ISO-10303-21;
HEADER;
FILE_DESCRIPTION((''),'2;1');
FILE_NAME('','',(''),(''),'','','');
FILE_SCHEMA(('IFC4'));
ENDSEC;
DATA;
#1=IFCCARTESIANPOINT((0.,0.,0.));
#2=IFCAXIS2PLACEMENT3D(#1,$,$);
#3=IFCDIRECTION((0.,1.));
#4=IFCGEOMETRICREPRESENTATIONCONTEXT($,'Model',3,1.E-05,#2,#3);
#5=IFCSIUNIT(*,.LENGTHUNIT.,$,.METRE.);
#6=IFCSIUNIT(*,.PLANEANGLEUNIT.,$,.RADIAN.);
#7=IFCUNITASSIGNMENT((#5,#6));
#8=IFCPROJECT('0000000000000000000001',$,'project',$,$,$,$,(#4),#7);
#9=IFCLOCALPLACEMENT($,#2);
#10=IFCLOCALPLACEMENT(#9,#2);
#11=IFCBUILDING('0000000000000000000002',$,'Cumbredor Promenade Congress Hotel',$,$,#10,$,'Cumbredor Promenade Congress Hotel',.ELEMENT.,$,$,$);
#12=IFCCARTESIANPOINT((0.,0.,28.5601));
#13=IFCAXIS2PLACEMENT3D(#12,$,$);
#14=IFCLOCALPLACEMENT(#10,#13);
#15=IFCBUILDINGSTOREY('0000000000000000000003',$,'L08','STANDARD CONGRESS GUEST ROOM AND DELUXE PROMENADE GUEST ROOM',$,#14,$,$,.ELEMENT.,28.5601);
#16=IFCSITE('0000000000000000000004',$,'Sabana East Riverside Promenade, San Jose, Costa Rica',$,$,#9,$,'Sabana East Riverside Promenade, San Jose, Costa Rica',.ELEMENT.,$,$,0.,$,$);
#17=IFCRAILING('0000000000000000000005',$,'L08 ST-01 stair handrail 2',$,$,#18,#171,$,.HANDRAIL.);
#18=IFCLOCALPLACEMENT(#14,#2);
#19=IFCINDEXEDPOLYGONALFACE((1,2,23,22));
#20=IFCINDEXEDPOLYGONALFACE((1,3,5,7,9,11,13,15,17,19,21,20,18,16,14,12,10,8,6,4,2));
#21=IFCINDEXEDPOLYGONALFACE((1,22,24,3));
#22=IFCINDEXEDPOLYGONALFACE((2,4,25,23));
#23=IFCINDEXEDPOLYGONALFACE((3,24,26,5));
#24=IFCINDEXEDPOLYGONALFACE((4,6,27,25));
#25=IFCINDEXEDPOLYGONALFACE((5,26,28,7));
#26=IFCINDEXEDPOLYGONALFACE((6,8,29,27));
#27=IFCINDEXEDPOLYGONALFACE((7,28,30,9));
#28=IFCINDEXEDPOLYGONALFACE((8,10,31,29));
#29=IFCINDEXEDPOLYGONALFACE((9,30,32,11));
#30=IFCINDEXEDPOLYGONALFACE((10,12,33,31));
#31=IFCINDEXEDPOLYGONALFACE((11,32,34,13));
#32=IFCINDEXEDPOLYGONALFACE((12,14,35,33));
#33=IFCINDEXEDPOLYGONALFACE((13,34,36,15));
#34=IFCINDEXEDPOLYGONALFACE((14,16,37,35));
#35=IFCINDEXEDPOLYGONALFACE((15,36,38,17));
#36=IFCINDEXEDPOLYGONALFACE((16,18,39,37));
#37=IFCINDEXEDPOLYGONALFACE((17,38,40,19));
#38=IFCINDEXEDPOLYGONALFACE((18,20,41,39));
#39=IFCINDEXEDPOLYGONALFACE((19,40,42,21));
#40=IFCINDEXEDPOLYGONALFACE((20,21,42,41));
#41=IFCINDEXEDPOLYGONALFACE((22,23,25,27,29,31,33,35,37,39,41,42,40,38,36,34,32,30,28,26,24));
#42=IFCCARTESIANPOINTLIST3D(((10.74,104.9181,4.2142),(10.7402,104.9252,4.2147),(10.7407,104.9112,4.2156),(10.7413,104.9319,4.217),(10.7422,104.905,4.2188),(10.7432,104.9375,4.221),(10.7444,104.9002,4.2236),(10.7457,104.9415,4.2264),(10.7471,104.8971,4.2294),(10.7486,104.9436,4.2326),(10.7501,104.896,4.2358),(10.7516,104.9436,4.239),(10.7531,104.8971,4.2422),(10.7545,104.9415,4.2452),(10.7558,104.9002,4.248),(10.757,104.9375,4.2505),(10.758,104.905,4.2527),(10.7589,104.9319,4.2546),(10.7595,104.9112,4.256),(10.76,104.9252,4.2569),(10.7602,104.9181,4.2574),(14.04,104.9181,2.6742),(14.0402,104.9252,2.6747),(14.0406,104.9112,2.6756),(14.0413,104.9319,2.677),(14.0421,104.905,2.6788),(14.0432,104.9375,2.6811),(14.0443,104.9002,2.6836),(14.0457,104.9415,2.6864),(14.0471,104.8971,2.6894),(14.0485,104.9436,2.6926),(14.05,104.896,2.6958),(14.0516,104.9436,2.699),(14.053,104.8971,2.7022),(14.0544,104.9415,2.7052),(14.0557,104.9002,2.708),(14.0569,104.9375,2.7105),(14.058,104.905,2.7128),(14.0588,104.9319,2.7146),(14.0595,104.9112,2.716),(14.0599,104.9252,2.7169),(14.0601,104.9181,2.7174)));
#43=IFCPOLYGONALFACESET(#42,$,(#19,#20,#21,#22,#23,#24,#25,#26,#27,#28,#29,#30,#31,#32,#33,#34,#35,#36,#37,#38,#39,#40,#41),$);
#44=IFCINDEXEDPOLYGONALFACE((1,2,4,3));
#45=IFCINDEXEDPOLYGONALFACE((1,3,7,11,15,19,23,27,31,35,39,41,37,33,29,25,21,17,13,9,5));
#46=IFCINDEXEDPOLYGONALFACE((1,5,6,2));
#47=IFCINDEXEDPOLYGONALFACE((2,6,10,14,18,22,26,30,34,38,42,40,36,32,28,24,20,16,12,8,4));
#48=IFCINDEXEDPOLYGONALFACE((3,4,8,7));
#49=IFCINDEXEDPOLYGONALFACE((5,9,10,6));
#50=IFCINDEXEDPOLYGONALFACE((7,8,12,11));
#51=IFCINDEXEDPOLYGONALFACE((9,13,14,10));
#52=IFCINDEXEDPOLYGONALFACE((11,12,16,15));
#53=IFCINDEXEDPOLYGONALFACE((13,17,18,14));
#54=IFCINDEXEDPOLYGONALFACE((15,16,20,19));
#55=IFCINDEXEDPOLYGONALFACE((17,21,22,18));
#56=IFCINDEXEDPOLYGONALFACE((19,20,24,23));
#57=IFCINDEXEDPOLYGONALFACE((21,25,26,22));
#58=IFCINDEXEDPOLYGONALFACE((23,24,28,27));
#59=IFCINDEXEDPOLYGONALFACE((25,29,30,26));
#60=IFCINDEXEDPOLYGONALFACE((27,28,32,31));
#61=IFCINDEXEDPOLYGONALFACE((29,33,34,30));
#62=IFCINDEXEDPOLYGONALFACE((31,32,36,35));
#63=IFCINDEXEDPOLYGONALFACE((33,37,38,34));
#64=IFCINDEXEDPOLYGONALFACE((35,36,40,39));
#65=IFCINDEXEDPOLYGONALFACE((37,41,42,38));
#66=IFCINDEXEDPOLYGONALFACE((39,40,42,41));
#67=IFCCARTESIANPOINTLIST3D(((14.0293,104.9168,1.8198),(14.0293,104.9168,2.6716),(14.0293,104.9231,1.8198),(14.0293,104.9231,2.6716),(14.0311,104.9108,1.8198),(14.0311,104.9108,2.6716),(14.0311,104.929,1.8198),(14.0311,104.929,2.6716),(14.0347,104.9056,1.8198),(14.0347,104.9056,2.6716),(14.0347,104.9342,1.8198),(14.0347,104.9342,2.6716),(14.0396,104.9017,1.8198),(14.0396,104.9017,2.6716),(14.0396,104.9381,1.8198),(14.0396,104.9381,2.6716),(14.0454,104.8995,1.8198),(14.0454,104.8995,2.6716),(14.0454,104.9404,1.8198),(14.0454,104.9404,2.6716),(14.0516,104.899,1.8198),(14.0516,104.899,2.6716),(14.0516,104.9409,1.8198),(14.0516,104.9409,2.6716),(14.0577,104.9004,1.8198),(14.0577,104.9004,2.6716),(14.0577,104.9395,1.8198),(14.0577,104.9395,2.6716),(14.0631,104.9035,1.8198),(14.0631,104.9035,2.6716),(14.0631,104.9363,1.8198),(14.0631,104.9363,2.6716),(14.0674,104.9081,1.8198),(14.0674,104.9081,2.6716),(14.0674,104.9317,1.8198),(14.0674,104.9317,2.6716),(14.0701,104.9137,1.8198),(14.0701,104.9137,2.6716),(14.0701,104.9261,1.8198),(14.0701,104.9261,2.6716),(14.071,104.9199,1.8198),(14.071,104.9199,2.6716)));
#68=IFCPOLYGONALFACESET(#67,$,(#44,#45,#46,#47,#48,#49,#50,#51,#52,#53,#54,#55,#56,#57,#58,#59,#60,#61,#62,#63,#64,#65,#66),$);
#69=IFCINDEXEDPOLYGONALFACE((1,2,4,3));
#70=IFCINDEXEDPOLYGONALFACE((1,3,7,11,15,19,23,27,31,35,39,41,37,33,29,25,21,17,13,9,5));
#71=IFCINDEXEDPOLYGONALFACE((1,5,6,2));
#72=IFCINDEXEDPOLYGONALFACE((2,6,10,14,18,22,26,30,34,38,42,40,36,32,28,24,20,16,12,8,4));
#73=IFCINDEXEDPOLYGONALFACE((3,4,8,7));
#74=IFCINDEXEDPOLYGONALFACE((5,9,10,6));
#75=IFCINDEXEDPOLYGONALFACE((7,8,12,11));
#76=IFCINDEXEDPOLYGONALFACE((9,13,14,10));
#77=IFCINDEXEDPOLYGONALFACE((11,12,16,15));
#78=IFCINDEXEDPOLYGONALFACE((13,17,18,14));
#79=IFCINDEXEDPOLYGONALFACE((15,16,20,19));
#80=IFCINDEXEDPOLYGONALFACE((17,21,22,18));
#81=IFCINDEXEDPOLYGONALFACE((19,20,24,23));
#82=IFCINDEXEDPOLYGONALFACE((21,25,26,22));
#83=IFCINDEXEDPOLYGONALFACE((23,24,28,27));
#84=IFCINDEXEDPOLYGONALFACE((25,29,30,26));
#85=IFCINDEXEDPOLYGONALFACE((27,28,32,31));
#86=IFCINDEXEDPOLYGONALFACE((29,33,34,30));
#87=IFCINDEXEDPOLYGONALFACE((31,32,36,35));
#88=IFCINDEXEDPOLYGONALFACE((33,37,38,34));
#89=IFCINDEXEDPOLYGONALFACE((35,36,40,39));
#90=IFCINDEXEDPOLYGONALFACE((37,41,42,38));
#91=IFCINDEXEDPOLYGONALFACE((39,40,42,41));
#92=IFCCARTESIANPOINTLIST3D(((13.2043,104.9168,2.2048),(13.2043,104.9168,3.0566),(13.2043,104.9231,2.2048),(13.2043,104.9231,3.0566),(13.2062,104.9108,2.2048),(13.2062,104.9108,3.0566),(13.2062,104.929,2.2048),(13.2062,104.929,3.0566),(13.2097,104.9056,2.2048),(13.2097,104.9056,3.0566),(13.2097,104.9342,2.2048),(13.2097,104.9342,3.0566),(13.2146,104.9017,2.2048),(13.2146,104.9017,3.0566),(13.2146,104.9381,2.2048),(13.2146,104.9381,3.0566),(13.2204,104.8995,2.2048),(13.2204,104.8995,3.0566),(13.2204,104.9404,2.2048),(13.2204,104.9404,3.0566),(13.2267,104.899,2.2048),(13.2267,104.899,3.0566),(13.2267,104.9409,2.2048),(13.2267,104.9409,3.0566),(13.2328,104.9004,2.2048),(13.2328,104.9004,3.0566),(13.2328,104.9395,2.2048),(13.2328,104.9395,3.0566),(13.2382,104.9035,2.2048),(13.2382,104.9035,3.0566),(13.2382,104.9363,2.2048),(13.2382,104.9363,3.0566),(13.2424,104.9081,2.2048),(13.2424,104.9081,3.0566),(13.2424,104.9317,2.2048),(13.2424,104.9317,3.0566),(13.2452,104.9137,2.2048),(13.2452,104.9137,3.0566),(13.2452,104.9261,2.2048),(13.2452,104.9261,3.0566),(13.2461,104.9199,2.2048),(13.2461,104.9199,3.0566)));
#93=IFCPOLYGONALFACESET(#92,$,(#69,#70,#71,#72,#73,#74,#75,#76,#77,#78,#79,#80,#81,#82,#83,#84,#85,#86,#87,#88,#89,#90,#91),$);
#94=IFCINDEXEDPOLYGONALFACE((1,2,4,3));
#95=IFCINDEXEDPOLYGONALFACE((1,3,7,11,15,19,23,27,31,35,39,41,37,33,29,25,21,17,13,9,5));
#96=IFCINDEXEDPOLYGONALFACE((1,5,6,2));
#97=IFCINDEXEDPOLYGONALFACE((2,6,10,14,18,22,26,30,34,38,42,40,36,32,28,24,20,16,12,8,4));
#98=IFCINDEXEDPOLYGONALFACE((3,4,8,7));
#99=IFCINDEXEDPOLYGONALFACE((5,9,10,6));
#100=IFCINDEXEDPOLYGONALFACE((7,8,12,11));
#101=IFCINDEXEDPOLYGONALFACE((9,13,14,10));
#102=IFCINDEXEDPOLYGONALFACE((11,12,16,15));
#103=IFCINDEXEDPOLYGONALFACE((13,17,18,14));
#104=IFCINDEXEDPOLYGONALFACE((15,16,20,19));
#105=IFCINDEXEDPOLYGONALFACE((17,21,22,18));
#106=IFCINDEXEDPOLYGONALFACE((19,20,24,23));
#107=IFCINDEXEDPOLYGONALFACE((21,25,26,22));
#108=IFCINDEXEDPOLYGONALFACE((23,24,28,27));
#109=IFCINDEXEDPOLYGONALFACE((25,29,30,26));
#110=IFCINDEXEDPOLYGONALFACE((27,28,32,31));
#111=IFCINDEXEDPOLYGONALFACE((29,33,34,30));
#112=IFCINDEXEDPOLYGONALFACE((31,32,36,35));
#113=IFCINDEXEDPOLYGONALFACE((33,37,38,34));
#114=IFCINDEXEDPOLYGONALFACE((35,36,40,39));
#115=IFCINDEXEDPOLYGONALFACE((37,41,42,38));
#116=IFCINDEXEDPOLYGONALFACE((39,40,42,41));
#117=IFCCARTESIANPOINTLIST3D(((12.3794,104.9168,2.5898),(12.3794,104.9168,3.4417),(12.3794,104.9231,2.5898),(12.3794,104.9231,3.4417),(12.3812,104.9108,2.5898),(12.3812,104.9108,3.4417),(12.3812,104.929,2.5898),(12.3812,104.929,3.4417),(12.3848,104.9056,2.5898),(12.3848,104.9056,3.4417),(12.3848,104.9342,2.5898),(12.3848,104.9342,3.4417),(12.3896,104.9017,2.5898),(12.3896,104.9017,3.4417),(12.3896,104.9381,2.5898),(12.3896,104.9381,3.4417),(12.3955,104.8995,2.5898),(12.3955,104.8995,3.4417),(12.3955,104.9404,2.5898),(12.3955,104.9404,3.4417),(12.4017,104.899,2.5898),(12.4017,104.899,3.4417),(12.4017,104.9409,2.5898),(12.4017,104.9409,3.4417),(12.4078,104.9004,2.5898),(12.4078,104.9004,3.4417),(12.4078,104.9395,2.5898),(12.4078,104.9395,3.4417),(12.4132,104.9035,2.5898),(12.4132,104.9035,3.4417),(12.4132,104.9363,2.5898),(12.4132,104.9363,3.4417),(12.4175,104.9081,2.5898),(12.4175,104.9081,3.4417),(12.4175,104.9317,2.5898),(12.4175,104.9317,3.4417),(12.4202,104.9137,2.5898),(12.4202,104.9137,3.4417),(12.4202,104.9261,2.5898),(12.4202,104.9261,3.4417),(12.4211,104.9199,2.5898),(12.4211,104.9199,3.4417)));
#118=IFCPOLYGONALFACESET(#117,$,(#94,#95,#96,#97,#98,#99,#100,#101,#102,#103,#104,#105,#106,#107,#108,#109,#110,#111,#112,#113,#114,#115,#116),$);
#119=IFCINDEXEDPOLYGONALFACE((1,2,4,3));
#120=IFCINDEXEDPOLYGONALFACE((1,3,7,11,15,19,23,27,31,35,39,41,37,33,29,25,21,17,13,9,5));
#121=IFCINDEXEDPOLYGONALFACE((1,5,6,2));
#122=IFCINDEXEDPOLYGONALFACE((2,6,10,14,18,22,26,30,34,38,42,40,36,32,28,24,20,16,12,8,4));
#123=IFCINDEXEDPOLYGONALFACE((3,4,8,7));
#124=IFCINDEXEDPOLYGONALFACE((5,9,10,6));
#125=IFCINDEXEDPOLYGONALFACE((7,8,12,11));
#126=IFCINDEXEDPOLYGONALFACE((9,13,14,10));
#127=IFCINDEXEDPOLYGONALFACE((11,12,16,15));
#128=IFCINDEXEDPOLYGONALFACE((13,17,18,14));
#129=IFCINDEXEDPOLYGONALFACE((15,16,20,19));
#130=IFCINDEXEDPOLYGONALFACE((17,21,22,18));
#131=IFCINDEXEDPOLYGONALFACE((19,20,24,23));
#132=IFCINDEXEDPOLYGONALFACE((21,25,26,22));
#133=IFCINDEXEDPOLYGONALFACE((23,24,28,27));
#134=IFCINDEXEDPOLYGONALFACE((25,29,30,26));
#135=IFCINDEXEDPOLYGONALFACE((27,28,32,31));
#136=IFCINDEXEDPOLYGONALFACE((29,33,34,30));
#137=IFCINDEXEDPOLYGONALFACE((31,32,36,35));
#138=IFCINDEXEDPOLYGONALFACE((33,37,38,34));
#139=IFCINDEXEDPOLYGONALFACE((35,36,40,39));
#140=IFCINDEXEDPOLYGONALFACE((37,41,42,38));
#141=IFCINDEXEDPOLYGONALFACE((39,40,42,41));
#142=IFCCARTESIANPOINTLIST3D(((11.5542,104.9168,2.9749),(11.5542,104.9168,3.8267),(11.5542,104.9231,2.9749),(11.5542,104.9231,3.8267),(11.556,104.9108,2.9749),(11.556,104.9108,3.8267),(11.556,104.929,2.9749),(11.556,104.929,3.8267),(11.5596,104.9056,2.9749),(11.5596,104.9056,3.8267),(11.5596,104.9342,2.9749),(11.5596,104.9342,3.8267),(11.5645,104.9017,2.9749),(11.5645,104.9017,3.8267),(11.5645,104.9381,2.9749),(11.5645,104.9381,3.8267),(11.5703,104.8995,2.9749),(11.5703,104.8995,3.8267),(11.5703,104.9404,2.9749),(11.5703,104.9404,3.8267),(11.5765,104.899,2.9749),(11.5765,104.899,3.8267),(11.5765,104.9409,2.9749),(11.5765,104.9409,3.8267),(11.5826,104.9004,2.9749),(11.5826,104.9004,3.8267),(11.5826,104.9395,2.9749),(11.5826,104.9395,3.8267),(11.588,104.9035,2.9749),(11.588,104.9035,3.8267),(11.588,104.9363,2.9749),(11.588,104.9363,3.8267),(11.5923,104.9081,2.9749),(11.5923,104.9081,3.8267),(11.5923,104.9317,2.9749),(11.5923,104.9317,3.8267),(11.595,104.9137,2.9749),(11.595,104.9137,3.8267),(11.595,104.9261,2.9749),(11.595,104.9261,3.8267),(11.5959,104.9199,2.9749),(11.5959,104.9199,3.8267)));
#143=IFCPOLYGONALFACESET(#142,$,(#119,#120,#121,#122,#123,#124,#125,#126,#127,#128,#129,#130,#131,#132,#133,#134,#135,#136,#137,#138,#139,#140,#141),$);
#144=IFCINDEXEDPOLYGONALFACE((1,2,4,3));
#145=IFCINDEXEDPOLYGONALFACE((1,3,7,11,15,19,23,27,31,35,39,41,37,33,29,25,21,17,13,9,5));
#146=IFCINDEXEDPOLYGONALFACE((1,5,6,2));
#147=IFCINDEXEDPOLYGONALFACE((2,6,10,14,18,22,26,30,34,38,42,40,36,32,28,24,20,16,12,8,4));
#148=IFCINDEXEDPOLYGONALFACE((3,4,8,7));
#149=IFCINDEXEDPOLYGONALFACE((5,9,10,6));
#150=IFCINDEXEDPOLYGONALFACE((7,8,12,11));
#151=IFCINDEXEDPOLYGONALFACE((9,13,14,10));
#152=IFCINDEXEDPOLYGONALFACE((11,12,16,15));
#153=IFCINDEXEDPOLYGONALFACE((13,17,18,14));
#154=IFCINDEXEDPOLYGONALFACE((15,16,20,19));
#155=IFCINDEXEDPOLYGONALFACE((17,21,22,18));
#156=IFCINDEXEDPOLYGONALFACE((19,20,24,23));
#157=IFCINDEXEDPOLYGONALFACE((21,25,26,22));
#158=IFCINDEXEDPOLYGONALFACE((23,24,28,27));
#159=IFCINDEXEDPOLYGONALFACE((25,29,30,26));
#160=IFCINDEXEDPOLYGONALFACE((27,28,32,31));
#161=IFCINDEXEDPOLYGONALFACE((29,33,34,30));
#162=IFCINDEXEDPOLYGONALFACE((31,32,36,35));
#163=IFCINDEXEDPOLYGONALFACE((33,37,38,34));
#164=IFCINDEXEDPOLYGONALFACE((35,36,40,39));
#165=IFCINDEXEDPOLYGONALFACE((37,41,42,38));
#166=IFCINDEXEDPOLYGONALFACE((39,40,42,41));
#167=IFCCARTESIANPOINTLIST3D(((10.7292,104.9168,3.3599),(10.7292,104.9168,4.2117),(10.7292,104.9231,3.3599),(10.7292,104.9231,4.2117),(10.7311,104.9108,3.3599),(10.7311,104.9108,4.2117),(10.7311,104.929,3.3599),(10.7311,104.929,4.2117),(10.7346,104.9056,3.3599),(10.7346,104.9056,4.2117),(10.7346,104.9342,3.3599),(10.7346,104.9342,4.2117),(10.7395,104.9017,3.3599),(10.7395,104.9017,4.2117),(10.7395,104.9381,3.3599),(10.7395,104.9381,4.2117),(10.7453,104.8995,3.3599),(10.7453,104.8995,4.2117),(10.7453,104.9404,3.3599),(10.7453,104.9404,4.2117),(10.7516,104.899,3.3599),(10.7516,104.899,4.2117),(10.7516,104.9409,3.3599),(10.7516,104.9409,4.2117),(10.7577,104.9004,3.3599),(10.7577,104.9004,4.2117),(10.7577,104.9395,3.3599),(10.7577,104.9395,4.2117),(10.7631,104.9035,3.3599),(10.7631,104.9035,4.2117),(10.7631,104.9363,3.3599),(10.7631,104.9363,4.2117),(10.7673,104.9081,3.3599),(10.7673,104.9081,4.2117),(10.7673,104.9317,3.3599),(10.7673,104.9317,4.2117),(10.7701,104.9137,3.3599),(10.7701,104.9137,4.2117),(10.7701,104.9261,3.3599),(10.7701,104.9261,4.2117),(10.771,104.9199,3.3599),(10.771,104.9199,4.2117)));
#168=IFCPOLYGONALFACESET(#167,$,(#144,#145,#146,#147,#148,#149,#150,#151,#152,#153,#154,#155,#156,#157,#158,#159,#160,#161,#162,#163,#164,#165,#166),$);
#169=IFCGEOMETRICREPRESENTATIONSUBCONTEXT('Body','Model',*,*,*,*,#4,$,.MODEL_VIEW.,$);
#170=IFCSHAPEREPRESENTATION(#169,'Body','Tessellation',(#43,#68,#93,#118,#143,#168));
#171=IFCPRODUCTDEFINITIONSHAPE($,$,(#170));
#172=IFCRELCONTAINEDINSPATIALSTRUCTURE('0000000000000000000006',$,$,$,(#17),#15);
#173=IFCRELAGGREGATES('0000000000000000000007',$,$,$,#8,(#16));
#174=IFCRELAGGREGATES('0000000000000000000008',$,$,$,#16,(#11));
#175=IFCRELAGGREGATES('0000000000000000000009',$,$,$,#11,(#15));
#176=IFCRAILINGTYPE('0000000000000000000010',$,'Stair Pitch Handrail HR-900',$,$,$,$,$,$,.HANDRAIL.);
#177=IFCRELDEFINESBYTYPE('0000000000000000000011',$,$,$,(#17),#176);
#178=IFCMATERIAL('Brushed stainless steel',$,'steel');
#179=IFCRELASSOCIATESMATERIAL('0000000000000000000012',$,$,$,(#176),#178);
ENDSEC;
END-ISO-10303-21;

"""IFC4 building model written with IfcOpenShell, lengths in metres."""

from ifc_helpers import new_model, si_unit, direction, frame, origin, origin_2d, place, context, subcontext, project, spatial, circle, extrude, material, type_object, element, save


model = new_model("IFC4")

# Units and contexts
model_context = context("Model", 3, precision=1e-05, world=origin(), true_north=direction((0.0, 1.0)))
body_context = subcontext(model_context, "Body", "Model", "MODEL_VIEW")
ifc_project = project(units=[si_unit("LENGTHUNIT", "METRE"), si_unit("PLANEANGLEUNIT", "RADIAN")], contexts=[model_context])

# Site, building, storey
site_placement = place(None, origin())
site = spatial("IfcSite", under=ifc_project, at=site_placement, Name="Sabana East Riverside Promenade, San Jose, Costa Rica", LongName="Sabana East Riverside Promenade, San Jose, Costa Rica", CompositionType="ELEMENT", RefElevation=0.0)
building_placement = place(site_placement, origin())
building = spatial("IfcBuilding", under=site, at=building_placement, Name="Cumbredor Promenade Congress Hotel", LongName="Cumbredor Promenade Congress Hotel", CompositionType="ELEMENT")
storey_placement = place(building_placement, frame((0.0, 0.0, 28.5601)))
storey = spatial("IfcBuildingStorey", under=building, at=storey_placement, Name="L08", Description="STANDARD CONGRESS GUEST ROOM AND DELUXE PROMENADE GUEST ROOM", CompositionType="ELEMENT", Elevation=28.5601)

# Railing
ifc_material_1 = material(Name="Brushed stainless steel", Category="steel")
railing_type_1 = type_object("IfcRailingType", Name="Stair Pitch Handrail HR-900", PredefinedType="HANDRAIL", material=ifc_material_1)
railing_1_placement = place(storey_placement, frame((14.05, 104.9199, 1.8198)))
element("IfcRailing", 1, at=railing_1_placement, inside=storey, type_object=railing_type_1, Name="L08 ST-01 stair handrail 2", PredefinedType="HANDRAIL", context=body_context, shape_type="SweptSolid", body=[
    extrude(circle(Radius=0.0239, at=origin_2d()), frame((0.0, 0.0, 0.876), z_axis=(-0.906181, 0.0, 0.422889), x_axis=(0.0, -1.0, 0.0)), (0.0, 0.0, 1.0), 3.6416),
    extrude(circle(Radius=0.021, at=origin_2d()), origin(), (0.0, 0.0, 1.0), 0.8518),
    extrude(circle(Radius=0.021, at=origin_2d()), frame((-0.825, 0.0, 0.385)), (0.0, 0.0, 1.0), 0.8518),
    extrude(circle(Radius=0.021, at=origin_2d()), frame((-1.6499, 0.0, 0.77)), (0.0, 0.0, 1.0), 0.8518),
    extrude(circle(Radius=0.021, at=origin_2d()), frame((-2.4751, 0.0, 1.155)), (0.0, 0.0, 1.0), 0.8518),
    extrude(circle(Radius=0.021, at=origin_2d()), frame((-3.3, 0.0, 1.54)), (0.0, 0.0, 1.0), 0.8518),
])

save(model, "model.ifc")
